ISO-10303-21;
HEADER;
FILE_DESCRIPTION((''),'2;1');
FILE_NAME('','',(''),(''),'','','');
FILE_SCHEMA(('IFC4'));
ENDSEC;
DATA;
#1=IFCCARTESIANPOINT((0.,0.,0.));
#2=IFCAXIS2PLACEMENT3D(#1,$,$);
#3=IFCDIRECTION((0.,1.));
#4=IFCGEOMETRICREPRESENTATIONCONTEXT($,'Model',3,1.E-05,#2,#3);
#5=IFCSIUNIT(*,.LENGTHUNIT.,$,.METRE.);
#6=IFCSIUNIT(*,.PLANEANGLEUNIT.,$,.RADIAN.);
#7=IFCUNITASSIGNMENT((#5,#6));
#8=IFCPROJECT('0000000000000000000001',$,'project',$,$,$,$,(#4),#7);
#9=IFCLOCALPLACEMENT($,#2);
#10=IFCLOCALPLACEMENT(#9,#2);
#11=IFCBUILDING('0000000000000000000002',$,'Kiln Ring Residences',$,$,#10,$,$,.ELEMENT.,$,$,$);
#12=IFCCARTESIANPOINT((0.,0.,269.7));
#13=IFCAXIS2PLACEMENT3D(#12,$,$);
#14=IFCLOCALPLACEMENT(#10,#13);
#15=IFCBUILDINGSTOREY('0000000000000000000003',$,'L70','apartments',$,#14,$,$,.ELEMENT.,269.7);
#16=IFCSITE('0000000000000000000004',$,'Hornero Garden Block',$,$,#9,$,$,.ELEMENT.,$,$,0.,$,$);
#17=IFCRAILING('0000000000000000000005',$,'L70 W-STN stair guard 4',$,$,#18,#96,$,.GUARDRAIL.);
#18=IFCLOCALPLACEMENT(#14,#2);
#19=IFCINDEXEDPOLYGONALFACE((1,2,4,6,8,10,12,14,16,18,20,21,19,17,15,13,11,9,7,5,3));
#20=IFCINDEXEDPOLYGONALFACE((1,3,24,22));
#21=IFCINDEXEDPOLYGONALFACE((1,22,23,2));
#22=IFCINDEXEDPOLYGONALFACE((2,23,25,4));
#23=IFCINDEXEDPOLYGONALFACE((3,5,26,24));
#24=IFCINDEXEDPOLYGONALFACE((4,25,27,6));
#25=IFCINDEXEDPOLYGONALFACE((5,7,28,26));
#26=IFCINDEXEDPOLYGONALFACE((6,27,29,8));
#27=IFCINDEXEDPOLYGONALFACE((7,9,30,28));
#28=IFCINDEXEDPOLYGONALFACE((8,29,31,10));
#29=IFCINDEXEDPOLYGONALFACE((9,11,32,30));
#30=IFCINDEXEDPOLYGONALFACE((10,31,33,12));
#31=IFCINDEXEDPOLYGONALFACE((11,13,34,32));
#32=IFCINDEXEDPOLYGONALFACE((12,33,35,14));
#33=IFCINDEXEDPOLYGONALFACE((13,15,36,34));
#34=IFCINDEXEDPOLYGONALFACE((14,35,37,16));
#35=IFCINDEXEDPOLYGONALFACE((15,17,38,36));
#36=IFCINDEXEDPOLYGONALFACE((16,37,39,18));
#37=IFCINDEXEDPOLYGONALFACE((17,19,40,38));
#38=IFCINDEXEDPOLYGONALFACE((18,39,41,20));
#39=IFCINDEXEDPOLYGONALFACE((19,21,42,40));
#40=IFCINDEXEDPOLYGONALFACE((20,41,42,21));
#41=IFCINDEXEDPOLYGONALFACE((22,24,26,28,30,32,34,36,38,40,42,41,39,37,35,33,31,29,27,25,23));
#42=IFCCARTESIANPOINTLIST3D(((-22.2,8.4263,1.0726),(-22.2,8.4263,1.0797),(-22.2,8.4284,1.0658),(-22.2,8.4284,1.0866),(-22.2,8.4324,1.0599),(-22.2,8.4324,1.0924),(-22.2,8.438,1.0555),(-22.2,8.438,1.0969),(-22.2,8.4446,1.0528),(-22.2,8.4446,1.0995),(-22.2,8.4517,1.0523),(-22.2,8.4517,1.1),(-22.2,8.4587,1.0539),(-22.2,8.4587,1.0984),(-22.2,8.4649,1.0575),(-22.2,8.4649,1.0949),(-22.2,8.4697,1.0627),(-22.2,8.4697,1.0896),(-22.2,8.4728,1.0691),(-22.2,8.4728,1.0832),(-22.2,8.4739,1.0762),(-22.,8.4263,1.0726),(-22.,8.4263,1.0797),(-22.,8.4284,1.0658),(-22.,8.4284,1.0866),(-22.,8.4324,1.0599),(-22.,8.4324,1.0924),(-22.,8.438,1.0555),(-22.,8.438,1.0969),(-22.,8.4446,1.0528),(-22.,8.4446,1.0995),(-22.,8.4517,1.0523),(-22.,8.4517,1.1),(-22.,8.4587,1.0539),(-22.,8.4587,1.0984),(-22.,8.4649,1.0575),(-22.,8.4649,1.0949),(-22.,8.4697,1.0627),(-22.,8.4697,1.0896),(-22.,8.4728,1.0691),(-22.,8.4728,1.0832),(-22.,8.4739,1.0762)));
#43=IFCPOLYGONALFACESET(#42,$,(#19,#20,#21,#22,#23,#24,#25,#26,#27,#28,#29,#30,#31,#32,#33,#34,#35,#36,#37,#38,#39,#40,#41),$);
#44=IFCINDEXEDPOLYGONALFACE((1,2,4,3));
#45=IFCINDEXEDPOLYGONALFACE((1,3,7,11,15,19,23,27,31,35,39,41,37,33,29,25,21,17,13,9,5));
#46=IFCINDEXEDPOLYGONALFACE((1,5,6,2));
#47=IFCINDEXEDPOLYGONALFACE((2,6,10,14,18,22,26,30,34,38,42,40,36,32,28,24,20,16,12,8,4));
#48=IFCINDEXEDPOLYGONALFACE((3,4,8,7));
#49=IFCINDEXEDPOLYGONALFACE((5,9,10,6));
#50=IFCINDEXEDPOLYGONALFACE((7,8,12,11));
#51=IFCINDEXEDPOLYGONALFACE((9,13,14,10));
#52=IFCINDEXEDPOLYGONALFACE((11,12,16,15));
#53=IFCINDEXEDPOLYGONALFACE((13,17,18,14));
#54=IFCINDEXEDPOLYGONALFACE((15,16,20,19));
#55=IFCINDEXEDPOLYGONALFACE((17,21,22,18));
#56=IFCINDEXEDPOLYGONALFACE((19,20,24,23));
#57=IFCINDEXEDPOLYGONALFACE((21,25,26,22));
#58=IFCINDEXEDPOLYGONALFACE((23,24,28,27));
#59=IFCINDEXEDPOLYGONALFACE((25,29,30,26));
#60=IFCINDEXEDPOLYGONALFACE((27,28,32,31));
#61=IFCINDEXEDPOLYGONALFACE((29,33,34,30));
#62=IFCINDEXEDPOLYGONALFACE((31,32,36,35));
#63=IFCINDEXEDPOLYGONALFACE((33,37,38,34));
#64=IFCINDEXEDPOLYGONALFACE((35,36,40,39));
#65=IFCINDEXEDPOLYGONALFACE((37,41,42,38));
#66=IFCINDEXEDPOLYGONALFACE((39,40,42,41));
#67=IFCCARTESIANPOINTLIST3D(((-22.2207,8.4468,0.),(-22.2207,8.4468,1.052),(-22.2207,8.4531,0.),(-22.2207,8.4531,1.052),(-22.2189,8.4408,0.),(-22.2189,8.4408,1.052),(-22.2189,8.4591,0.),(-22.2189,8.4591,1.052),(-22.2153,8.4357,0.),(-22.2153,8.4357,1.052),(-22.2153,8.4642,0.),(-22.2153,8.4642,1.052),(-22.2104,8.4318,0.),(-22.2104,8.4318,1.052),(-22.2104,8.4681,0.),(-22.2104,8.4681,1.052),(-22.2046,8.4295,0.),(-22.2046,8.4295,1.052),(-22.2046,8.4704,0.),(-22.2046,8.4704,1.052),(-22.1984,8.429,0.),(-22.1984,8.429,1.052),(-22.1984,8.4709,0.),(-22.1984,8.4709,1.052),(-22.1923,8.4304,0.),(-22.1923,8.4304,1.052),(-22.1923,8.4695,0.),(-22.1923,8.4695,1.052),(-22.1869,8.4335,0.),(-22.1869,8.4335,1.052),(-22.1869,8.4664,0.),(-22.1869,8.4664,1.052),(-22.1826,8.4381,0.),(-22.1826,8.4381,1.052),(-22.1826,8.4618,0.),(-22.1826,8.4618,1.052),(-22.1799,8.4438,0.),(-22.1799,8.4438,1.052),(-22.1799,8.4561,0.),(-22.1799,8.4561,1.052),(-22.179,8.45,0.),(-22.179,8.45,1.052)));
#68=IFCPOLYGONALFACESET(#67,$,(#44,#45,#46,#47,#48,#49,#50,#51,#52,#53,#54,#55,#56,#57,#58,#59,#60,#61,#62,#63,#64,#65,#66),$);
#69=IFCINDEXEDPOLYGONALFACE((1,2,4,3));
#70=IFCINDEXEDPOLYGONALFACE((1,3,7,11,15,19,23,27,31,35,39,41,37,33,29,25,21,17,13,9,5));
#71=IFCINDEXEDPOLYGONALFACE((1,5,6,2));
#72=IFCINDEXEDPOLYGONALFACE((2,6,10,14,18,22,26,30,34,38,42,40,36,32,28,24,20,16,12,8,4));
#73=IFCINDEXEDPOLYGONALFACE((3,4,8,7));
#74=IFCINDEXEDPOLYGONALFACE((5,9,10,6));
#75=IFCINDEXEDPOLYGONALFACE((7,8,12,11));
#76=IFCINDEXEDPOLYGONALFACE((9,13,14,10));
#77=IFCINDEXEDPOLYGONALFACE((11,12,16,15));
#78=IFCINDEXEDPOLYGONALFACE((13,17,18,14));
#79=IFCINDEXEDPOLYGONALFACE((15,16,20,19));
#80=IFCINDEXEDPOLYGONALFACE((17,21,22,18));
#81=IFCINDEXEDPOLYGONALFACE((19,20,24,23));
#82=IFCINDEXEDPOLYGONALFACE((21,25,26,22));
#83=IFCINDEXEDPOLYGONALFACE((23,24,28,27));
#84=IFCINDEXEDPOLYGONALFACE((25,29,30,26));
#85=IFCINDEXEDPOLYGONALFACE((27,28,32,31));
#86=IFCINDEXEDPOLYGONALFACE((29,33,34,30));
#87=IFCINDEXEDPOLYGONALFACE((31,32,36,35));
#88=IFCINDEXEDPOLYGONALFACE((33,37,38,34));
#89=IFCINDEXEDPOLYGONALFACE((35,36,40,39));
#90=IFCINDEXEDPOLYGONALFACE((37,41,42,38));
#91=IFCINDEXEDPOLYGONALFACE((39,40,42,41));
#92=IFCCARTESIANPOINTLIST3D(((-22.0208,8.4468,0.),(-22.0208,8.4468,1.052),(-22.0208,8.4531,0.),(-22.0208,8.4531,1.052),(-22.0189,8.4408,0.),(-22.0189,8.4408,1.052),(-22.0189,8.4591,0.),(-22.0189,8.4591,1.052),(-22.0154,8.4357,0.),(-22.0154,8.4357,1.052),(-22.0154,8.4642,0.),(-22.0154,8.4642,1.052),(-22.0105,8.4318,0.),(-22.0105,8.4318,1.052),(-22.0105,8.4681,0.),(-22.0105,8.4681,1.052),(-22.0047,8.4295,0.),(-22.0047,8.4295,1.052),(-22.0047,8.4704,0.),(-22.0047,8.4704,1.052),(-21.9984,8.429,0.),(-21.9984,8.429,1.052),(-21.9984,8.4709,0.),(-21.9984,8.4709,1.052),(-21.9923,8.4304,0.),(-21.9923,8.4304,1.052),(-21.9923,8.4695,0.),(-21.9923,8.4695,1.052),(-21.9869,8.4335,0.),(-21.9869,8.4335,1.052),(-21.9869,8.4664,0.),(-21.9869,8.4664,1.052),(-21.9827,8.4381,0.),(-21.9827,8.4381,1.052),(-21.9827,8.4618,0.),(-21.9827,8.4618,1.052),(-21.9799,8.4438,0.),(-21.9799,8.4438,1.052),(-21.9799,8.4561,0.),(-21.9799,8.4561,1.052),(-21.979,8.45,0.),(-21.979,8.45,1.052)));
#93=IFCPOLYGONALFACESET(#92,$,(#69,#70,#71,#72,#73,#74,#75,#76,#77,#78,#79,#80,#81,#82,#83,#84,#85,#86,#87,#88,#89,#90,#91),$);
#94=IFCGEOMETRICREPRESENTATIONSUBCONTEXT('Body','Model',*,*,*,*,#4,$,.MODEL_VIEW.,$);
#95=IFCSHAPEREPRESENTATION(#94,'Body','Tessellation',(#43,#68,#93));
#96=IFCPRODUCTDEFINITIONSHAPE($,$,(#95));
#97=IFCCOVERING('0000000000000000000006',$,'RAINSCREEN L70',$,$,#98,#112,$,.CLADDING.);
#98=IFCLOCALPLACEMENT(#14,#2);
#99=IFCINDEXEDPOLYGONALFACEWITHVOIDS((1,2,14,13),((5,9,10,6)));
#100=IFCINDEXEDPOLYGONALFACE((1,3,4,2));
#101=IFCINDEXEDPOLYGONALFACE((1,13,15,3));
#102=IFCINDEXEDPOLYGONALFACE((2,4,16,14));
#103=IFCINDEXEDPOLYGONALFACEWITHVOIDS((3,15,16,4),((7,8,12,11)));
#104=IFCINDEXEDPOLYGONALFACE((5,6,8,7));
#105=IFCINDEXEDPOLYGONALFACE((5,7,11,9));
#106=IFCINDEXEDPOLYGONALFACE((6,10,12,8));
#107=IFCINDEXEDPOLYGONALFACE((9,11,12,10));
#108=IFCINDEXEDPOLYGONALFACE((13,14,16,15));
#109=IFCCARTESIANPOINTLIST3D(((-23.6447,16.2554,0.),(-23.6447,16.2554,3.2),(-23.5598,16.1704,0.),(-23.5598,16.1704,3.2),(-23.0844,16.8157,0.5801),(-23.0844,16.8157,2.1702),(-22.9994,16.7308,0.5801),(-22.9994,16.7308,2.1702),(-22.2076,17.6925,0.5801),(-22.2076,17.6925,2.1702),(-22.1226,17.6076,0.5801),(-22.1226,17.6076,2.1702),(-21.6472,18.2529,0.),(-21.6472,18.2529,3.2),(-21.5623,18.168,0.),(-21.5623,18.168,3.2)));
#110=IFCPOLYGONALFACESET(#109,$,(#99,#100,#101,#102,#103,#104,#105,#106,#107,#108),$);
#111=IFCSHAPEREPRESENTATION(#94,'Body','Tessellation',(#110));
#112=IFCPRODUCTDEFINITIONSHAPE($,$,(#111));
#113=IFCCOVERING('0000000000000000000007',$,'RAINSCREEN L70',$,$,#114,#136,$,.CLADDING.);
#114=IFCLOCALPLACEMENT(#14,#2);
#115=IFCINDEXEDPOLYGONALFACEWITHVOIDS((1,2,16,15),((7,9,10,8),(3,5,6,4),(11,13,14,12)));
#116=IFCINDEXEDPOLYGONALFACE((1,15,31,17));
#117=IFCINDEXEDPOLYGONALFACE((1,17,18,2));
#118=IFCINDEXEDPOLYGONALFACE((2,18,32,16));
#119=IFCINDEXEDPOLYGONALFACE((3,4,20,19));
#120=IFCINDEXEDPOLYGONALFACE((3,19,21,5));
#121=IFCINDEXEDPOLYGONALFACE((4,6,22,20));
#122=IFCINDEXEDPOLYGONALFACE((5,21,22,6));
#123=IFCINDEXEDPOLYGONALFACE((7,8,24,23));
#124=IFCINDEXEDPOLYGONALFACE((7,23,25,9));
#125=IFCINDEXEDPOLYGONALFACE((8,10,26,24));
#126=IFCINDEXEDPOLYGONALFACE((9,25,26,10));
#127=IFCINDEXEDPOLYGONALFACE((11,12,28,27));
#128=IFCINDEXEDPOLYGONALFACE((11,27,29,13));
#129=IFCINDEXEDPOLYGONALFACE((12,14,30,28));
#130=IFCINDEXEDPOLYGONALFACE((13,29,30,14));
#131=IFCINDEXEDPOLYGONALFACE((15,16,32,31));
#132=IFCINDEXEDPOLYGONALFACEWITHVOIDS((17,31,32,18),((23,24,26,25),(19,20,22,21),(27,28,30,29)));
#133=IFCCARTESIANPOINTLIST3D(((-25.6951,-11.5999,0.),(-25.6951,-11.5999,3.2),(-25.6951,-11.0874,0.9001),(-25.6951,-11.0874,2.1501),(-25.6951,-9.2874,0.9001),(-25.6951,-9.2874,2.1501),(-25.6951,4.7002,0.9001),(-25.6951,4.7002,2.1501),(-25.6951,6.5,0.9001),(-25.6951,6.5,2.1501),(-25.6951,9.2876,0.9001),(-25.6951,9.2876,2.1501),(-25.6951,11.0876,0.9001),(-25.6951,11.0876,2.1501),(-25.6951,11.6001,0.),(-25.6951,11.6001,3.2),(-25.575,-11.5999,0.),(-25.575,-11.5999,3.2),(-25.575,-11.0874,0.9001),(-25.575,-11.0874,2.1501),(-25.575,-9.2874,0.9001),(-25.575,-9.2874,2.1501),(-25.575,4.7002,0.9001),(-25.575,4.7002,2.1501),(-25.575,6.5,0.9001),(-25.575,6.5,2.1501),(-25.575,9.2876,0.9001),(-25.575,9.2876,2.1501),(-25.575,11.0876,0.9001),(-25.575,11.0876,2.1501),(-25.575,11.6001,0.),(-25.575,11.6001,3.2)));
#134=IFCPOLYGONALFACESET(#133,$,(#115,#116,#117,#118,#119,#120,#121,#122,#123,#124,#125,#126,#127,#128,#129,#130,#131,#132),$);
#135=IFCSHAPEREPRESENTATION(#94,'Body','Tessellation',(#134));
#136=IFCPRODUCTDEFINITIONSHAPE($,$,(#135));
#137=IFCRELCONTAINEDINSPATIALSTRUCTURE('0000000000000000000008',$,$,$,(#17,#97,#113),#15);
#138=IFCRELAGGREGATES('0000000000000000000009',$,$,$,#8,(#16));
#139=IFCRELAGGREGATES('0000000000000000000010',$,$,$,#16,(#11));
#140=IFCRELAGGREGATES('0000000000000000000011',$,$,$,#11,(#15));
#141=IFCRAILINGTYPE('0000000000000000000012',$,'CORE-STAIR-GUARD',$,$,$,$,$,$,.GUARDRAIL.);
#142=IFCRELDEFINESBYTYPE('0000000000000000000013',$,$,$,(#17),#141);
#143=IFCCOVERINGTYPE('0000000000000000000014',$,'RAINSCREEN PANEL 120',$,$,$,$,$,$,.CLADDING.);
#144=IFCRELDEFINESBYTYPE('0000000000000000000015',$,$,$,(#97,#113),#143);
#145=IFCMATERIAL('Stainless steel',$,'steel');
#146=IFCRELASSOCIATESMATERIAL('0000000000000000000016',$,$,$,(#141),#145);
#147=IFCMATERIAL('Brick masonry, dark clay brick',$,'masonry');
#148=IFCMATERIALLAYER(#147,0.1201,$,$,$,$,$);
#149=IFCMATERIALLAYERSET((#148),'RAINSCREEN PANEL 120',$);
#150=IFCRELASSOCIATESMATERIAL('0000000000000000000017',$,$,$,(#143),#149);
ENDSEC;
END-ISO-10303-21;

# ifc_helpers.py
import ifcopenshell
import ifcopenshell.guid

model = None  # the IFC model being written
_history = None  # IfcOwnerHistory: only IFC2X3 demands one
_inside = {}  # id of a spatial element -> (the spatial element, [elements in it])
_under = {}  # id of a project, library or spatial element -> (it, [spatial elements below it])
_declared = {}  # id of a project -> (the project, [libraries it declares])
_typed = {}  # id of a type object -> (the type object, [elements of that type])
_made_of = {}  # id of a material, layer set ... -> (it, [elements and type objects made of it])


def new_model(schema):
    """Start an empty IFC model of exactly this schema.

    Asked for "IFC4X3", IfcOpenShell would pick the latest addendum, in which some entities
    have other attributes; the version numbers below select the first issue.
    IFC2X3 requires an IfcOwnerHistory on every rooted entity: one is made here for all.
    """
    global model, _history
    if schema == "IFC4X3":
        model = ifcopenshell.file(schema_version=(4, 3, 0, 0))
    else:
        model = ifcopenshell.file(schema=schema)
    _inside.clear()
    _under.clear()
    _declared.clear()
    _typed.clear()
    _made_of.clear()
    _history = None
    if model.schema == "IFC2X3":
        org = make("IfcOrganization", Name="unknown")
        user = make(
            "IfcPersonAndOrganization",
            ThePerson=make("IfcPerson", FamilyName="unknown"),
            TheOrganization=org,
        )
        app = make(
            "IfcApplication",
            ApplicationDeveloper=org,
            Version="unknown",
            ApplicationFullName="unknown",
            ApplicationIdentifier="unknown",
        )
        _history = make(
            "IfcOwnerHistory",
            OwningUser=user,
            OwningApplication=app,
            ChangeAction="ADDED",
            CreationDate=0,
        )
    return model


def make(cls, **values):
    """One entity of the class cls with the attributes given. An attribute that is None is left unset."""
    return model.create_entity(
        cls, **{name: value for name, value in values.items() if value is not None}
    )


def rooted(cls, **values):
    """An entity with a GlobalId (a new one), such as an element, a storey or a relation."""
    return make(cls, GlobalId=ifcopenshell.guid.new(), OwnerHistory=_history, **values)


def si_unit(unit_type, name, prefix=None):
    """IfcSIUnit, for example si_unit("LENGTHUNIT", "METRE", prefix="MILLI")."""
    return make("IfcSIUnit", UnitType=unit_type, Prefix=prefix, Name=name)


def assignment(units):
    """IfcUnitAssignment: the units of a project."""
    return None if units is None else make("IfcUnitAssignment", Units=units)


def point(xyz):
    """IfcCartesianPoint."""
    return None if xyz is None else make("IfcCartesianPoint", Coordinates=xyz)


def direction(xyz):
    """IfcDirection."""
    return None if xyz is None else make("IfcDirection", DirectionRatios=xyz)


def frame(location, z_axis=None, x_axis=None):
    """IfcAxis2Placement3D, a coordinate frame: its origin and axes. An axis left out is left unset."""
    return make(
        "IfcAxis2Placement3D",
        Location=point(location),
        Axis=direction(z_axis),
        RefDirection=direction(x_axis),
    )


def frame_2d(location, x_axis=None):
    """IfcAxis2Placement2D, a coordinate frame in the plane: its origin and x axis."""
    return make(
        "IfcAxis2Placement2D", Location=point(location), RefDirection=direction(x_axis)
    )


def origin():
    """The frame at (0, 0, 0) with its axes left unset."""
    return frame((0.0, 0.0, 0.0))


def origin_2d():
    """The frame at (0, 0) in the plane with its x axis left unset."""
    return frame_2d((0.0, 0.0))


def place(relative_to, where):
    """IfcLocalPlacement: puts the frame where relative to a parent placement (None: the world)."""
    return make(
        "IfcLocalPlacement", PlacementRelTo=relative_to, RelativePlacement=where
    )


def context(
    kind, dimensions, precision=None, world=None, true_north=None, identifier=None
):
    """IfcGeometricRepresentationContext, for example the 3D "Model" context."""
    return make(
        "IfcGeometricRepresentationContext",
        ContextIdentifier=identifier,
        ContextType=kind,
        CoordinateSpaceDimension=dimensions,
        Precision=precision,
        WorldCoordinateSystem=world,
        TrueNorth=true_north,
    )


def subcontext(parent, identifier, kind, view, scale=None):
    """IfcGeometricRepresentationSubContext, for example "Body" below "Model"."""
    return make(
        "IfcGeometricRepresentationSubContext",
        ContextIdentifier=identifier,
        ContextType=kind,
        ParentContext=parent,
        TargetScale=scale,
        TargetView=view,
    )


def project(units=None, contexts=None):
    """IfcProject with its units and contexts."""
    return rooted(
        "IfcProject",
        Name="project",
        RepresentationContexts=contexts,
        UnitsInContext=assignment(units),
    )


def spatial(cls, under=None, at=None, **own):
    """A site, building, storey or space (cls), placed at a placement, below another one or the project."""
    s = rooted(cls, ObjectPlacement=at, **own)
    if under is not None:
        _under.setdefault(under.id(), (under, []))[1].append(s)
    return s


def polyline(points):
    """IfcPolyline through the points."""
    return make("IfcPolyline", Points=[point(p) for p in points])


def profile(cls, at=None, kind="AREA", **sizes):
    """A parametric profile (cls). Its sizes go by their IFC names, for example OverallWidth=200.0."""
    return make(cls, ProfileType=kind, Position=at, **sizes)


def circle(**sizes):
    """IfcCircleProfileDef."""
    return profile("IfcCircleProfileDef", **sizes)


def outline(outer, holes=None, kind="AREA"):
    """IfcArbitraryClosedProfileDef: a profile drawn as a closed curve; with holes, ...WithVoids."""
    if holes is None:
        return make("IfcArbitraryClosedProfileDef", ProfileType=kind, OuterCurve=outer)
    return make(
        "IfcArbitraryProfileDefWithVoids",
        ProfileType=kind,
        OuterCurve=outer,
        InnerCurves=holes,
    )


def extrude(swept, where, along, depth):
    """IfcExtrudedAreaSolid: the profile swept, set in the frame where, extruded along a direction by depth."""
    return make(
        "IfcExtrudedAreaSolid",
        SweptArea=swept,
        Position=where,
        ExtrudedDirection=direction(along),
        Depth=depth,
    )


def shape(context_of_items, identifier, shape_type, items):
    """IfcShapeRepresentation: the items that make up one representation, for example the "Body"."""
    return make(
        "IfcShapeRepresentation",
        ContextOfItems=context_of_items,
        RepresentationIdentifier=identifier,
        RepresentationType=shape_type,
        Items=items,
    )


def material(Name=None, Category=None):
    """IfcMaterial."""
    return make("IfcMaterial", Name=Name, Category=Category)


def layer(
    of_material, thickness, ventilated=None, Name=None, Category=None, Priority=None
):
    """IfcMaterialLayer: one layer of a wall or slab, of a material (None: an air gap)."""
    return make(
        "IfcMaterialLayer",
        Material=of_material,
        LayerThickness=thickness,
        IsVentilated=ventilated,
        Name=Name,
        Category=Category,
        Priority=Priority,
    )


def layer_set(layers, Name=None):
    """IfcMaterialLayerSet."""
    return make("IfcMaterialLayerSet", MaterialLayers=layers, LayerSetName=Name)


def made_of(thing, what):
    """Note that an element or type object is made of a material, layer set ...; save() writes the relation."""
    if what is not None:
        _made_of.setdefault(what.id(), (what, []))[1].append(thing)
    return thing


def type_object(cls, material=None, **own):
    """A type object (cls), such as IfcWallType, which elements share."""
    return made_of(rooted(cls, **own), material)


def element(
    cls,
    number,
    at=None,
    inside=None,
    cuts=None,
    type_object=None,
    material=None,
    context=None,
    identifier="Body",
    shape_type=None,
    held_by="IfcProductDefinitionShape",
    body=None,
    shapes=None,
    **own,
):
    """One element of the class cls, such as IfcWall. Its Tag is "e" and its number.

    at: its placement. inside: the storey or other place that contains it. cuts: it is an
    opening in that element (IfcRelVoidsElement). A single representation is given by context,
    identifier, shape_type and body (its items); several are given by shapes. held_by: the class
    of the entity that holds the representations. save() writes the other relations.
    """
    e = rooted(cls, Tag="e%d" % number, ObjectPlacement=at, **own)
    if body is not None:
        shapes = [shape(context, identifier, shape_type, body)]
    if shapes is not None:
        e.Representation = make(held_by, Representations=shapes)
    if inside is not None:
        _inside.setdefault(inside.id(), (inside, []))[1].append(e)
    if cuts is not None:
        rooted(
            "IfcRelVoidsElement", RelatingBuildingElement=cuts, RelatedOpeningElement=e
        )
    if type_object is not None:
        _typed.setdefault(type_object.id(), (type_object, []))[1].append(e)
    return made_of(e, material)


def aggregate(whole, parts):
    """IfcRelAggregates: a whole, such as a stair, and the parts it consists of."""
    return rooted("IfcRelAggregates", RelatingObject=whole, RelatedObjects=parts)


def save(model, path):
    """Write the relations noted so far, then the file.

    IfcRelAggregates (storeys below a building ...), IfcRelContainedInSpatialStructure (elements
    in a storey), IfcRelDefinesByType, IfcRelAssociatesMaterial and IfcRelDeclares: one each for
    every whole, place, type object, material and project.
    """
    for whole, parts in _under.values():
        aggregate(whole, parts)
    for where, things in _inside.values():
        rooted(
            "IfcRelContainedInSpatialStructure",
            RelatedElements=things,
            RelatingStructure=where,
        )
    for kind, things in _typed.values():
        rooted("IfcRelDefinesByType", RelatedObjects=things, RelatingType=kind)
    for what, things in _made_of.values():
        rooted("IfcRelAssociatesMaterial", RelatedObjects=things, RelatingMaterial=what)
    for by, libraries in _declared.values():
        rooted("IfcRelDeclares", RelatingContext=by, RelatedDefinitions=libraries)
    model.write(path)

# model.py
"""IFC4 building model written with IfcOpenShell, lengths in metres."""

from ifc_helpers import new_model, si_unit, direction, frame, origin, origin_2d, place, context, subcontext, project, spatial, polyline, circle, outline, extrude, material, layer, layer_set, type_object, element, save


model = new_model("IFC4")

# Units and contexts
model_context = context("Model", 3, precision=1e-05, world=origin(), true_north=direction((0.0, 1.0)))
body_context = subcontext(model_context, "Body", "Model", "MODEL_VIEW")
ifc_project = project(units=[si_unit("LENGTHUNIT", "METRE"), si_unit("PLANEANGLEUNIT", "RADIAN")], contexts=[model_context])

# Site, building, storey
site_placement = place(None, origin())
site = spatial("IfcSite", under=ifc_project, at=site_placement, Name="Hornero Garden Block", CompositionType="ELEMENT", RefElevation=0.0)
building_placement = place(site_placement, origin())
building = spatial("IfcBuilding", under=site, at=building_placement, Name="Kiln Ring Residences", CompositionType="ELEMENT")
storey_placement = place(building_placement, frame((0.0, 0.0, 269.7)))
storey = spatial("IfcBuildingStorey", under=building, at=storey_placement, Name="L70", Description="apartments", CompositionType="ELEMENT", Elevation=269.7)

# Railing
ifc_material_1 = material(Name="Stainless steel", Category="steel")
railing_type = type_object("IfcRailingType", Name="CORE-STAIR-GUARD", PredefinedType="GUARDRAIL", material=ifc_material_1)
railing_1_placement = place(storey_placement, frame((-22.2, 8.45, 0.0)))
element("IfcRailing", 1, at=railing_1_placement, inside=storey, type_object=railing_type, Name="L70 W-STN stair guard 4", PredefinedType="GUARDRAIL", context=body_context, shape_type="SweptSolid", body=[
    extrude(circle(Radius=0.0239, at=origin_2d()), frame((0.0, 0.0, 1.0762), z_axis=(1.0, 0.0, 0.0), x_axis=(0.0, 1.0, 0.0)), (0.0, 0.0, 1.0), 0.2),
    extrude(circle(Radius=0.021, at=origin_2d()), origin(), (0.0, 0.0, 1.0), 1.052),
    extrude(circle(Radius=0.021, at=origin_2d()), frame((0.2, 0.0, 0.0)), (0.0, 0.0, 1.0), 1.052),
])

# Coverings
ifc_material_2 = material(Name="Brick masonry, dark clay brick", Category="masonry")
ifc_layer_1 = layer(ifc_material_2, 0.1201)
ifc_layer_set_1 = layer_set([ifc_layer_1], Name="RAINSCREEN PANEL 120")
covering_type = type_object("IfcCoveringType", Name="RAINSCREEN PANEL 120", PredefinedType="CLADDING", material=ifc_layer_set_1)
covering_1_placement = place(storey_placement, frame((-21.6047, 18.2104, 0.0), z_axis=(0.0, 0.0, 1.0), x_axis=(-0.707107, -0.707107, 0.0)))
element("IfcCovering", 2, at=covering_1_placement, inside=storey, type_object=covering_type, Name="RAINSCREEN L70", PredefinedType="CLADDING", context=body_context, shape_type="SweptSolid", body=[
    extrude(outline(polyline([(0.0, 0.0), (2.825, 0.0), (2.825, 3.2), (0.0, 3.2), (0.0, 0.0)]), holes=[polyline([(0.7925, 2.1702), (0.7925, 0.5801), (2.0325, 0.5801), (2.0325, 2.1702), (0.7925, 2.1702)])]), frame((0.0, 0.0601, 0.0), z_axis=(0.0, -1.0, 0.0), x_axis=(1.0, 0.0, 0.0)), (0.0, 0.0, 1.0), 0.1201),
])
covering_2_placement = place(storey_placement, frame((-25.635, 11.6001, 0.0), z_axis=(0.0, 0.0, 1.0), x_axis=(0.0, -1.0, 0.0)))
element("IfcCovering", 3, at=covering_2_placement, inside=storey, type_object=covering_type, Name="RAINSCREEN L70", PredefinedType="CLADDING", context=body_context, shape_type="SweptSolid", body=[
    extrude(outline(polyline([(0.0, 0.0), (23.2, 0.0), (23.2, 3.2), (0.0, 3.2), (0.0, 0.0)]), holes=[polyline([(2.3125, 2.1501), (0.5125, 2.1501), (0.5125, 0.9001), (2.3125, 0.9001), (2.3125, 2.1501)]), polyline([(6.8999, 0.9001), (6.8999, 2.1501), (5.1001, 2.1501), (5.1001, 0.9001), (6.8999, 0.9001)]), polyline([(22.6875, 0.9001), (22.6875, 2.1501), (20.8875, 2.1501), (20.8875, 0.9001), (22.6875, 0.9001)])]), frame((0.0, 0.0601, 0.0), z_axis=(0.0, -1.0, 0.0), x_axis=(1.0, 0.0, 0.0)), (0.0, 0.0, 1.0), 0.1201),
])

save(model, "model.ifc")
